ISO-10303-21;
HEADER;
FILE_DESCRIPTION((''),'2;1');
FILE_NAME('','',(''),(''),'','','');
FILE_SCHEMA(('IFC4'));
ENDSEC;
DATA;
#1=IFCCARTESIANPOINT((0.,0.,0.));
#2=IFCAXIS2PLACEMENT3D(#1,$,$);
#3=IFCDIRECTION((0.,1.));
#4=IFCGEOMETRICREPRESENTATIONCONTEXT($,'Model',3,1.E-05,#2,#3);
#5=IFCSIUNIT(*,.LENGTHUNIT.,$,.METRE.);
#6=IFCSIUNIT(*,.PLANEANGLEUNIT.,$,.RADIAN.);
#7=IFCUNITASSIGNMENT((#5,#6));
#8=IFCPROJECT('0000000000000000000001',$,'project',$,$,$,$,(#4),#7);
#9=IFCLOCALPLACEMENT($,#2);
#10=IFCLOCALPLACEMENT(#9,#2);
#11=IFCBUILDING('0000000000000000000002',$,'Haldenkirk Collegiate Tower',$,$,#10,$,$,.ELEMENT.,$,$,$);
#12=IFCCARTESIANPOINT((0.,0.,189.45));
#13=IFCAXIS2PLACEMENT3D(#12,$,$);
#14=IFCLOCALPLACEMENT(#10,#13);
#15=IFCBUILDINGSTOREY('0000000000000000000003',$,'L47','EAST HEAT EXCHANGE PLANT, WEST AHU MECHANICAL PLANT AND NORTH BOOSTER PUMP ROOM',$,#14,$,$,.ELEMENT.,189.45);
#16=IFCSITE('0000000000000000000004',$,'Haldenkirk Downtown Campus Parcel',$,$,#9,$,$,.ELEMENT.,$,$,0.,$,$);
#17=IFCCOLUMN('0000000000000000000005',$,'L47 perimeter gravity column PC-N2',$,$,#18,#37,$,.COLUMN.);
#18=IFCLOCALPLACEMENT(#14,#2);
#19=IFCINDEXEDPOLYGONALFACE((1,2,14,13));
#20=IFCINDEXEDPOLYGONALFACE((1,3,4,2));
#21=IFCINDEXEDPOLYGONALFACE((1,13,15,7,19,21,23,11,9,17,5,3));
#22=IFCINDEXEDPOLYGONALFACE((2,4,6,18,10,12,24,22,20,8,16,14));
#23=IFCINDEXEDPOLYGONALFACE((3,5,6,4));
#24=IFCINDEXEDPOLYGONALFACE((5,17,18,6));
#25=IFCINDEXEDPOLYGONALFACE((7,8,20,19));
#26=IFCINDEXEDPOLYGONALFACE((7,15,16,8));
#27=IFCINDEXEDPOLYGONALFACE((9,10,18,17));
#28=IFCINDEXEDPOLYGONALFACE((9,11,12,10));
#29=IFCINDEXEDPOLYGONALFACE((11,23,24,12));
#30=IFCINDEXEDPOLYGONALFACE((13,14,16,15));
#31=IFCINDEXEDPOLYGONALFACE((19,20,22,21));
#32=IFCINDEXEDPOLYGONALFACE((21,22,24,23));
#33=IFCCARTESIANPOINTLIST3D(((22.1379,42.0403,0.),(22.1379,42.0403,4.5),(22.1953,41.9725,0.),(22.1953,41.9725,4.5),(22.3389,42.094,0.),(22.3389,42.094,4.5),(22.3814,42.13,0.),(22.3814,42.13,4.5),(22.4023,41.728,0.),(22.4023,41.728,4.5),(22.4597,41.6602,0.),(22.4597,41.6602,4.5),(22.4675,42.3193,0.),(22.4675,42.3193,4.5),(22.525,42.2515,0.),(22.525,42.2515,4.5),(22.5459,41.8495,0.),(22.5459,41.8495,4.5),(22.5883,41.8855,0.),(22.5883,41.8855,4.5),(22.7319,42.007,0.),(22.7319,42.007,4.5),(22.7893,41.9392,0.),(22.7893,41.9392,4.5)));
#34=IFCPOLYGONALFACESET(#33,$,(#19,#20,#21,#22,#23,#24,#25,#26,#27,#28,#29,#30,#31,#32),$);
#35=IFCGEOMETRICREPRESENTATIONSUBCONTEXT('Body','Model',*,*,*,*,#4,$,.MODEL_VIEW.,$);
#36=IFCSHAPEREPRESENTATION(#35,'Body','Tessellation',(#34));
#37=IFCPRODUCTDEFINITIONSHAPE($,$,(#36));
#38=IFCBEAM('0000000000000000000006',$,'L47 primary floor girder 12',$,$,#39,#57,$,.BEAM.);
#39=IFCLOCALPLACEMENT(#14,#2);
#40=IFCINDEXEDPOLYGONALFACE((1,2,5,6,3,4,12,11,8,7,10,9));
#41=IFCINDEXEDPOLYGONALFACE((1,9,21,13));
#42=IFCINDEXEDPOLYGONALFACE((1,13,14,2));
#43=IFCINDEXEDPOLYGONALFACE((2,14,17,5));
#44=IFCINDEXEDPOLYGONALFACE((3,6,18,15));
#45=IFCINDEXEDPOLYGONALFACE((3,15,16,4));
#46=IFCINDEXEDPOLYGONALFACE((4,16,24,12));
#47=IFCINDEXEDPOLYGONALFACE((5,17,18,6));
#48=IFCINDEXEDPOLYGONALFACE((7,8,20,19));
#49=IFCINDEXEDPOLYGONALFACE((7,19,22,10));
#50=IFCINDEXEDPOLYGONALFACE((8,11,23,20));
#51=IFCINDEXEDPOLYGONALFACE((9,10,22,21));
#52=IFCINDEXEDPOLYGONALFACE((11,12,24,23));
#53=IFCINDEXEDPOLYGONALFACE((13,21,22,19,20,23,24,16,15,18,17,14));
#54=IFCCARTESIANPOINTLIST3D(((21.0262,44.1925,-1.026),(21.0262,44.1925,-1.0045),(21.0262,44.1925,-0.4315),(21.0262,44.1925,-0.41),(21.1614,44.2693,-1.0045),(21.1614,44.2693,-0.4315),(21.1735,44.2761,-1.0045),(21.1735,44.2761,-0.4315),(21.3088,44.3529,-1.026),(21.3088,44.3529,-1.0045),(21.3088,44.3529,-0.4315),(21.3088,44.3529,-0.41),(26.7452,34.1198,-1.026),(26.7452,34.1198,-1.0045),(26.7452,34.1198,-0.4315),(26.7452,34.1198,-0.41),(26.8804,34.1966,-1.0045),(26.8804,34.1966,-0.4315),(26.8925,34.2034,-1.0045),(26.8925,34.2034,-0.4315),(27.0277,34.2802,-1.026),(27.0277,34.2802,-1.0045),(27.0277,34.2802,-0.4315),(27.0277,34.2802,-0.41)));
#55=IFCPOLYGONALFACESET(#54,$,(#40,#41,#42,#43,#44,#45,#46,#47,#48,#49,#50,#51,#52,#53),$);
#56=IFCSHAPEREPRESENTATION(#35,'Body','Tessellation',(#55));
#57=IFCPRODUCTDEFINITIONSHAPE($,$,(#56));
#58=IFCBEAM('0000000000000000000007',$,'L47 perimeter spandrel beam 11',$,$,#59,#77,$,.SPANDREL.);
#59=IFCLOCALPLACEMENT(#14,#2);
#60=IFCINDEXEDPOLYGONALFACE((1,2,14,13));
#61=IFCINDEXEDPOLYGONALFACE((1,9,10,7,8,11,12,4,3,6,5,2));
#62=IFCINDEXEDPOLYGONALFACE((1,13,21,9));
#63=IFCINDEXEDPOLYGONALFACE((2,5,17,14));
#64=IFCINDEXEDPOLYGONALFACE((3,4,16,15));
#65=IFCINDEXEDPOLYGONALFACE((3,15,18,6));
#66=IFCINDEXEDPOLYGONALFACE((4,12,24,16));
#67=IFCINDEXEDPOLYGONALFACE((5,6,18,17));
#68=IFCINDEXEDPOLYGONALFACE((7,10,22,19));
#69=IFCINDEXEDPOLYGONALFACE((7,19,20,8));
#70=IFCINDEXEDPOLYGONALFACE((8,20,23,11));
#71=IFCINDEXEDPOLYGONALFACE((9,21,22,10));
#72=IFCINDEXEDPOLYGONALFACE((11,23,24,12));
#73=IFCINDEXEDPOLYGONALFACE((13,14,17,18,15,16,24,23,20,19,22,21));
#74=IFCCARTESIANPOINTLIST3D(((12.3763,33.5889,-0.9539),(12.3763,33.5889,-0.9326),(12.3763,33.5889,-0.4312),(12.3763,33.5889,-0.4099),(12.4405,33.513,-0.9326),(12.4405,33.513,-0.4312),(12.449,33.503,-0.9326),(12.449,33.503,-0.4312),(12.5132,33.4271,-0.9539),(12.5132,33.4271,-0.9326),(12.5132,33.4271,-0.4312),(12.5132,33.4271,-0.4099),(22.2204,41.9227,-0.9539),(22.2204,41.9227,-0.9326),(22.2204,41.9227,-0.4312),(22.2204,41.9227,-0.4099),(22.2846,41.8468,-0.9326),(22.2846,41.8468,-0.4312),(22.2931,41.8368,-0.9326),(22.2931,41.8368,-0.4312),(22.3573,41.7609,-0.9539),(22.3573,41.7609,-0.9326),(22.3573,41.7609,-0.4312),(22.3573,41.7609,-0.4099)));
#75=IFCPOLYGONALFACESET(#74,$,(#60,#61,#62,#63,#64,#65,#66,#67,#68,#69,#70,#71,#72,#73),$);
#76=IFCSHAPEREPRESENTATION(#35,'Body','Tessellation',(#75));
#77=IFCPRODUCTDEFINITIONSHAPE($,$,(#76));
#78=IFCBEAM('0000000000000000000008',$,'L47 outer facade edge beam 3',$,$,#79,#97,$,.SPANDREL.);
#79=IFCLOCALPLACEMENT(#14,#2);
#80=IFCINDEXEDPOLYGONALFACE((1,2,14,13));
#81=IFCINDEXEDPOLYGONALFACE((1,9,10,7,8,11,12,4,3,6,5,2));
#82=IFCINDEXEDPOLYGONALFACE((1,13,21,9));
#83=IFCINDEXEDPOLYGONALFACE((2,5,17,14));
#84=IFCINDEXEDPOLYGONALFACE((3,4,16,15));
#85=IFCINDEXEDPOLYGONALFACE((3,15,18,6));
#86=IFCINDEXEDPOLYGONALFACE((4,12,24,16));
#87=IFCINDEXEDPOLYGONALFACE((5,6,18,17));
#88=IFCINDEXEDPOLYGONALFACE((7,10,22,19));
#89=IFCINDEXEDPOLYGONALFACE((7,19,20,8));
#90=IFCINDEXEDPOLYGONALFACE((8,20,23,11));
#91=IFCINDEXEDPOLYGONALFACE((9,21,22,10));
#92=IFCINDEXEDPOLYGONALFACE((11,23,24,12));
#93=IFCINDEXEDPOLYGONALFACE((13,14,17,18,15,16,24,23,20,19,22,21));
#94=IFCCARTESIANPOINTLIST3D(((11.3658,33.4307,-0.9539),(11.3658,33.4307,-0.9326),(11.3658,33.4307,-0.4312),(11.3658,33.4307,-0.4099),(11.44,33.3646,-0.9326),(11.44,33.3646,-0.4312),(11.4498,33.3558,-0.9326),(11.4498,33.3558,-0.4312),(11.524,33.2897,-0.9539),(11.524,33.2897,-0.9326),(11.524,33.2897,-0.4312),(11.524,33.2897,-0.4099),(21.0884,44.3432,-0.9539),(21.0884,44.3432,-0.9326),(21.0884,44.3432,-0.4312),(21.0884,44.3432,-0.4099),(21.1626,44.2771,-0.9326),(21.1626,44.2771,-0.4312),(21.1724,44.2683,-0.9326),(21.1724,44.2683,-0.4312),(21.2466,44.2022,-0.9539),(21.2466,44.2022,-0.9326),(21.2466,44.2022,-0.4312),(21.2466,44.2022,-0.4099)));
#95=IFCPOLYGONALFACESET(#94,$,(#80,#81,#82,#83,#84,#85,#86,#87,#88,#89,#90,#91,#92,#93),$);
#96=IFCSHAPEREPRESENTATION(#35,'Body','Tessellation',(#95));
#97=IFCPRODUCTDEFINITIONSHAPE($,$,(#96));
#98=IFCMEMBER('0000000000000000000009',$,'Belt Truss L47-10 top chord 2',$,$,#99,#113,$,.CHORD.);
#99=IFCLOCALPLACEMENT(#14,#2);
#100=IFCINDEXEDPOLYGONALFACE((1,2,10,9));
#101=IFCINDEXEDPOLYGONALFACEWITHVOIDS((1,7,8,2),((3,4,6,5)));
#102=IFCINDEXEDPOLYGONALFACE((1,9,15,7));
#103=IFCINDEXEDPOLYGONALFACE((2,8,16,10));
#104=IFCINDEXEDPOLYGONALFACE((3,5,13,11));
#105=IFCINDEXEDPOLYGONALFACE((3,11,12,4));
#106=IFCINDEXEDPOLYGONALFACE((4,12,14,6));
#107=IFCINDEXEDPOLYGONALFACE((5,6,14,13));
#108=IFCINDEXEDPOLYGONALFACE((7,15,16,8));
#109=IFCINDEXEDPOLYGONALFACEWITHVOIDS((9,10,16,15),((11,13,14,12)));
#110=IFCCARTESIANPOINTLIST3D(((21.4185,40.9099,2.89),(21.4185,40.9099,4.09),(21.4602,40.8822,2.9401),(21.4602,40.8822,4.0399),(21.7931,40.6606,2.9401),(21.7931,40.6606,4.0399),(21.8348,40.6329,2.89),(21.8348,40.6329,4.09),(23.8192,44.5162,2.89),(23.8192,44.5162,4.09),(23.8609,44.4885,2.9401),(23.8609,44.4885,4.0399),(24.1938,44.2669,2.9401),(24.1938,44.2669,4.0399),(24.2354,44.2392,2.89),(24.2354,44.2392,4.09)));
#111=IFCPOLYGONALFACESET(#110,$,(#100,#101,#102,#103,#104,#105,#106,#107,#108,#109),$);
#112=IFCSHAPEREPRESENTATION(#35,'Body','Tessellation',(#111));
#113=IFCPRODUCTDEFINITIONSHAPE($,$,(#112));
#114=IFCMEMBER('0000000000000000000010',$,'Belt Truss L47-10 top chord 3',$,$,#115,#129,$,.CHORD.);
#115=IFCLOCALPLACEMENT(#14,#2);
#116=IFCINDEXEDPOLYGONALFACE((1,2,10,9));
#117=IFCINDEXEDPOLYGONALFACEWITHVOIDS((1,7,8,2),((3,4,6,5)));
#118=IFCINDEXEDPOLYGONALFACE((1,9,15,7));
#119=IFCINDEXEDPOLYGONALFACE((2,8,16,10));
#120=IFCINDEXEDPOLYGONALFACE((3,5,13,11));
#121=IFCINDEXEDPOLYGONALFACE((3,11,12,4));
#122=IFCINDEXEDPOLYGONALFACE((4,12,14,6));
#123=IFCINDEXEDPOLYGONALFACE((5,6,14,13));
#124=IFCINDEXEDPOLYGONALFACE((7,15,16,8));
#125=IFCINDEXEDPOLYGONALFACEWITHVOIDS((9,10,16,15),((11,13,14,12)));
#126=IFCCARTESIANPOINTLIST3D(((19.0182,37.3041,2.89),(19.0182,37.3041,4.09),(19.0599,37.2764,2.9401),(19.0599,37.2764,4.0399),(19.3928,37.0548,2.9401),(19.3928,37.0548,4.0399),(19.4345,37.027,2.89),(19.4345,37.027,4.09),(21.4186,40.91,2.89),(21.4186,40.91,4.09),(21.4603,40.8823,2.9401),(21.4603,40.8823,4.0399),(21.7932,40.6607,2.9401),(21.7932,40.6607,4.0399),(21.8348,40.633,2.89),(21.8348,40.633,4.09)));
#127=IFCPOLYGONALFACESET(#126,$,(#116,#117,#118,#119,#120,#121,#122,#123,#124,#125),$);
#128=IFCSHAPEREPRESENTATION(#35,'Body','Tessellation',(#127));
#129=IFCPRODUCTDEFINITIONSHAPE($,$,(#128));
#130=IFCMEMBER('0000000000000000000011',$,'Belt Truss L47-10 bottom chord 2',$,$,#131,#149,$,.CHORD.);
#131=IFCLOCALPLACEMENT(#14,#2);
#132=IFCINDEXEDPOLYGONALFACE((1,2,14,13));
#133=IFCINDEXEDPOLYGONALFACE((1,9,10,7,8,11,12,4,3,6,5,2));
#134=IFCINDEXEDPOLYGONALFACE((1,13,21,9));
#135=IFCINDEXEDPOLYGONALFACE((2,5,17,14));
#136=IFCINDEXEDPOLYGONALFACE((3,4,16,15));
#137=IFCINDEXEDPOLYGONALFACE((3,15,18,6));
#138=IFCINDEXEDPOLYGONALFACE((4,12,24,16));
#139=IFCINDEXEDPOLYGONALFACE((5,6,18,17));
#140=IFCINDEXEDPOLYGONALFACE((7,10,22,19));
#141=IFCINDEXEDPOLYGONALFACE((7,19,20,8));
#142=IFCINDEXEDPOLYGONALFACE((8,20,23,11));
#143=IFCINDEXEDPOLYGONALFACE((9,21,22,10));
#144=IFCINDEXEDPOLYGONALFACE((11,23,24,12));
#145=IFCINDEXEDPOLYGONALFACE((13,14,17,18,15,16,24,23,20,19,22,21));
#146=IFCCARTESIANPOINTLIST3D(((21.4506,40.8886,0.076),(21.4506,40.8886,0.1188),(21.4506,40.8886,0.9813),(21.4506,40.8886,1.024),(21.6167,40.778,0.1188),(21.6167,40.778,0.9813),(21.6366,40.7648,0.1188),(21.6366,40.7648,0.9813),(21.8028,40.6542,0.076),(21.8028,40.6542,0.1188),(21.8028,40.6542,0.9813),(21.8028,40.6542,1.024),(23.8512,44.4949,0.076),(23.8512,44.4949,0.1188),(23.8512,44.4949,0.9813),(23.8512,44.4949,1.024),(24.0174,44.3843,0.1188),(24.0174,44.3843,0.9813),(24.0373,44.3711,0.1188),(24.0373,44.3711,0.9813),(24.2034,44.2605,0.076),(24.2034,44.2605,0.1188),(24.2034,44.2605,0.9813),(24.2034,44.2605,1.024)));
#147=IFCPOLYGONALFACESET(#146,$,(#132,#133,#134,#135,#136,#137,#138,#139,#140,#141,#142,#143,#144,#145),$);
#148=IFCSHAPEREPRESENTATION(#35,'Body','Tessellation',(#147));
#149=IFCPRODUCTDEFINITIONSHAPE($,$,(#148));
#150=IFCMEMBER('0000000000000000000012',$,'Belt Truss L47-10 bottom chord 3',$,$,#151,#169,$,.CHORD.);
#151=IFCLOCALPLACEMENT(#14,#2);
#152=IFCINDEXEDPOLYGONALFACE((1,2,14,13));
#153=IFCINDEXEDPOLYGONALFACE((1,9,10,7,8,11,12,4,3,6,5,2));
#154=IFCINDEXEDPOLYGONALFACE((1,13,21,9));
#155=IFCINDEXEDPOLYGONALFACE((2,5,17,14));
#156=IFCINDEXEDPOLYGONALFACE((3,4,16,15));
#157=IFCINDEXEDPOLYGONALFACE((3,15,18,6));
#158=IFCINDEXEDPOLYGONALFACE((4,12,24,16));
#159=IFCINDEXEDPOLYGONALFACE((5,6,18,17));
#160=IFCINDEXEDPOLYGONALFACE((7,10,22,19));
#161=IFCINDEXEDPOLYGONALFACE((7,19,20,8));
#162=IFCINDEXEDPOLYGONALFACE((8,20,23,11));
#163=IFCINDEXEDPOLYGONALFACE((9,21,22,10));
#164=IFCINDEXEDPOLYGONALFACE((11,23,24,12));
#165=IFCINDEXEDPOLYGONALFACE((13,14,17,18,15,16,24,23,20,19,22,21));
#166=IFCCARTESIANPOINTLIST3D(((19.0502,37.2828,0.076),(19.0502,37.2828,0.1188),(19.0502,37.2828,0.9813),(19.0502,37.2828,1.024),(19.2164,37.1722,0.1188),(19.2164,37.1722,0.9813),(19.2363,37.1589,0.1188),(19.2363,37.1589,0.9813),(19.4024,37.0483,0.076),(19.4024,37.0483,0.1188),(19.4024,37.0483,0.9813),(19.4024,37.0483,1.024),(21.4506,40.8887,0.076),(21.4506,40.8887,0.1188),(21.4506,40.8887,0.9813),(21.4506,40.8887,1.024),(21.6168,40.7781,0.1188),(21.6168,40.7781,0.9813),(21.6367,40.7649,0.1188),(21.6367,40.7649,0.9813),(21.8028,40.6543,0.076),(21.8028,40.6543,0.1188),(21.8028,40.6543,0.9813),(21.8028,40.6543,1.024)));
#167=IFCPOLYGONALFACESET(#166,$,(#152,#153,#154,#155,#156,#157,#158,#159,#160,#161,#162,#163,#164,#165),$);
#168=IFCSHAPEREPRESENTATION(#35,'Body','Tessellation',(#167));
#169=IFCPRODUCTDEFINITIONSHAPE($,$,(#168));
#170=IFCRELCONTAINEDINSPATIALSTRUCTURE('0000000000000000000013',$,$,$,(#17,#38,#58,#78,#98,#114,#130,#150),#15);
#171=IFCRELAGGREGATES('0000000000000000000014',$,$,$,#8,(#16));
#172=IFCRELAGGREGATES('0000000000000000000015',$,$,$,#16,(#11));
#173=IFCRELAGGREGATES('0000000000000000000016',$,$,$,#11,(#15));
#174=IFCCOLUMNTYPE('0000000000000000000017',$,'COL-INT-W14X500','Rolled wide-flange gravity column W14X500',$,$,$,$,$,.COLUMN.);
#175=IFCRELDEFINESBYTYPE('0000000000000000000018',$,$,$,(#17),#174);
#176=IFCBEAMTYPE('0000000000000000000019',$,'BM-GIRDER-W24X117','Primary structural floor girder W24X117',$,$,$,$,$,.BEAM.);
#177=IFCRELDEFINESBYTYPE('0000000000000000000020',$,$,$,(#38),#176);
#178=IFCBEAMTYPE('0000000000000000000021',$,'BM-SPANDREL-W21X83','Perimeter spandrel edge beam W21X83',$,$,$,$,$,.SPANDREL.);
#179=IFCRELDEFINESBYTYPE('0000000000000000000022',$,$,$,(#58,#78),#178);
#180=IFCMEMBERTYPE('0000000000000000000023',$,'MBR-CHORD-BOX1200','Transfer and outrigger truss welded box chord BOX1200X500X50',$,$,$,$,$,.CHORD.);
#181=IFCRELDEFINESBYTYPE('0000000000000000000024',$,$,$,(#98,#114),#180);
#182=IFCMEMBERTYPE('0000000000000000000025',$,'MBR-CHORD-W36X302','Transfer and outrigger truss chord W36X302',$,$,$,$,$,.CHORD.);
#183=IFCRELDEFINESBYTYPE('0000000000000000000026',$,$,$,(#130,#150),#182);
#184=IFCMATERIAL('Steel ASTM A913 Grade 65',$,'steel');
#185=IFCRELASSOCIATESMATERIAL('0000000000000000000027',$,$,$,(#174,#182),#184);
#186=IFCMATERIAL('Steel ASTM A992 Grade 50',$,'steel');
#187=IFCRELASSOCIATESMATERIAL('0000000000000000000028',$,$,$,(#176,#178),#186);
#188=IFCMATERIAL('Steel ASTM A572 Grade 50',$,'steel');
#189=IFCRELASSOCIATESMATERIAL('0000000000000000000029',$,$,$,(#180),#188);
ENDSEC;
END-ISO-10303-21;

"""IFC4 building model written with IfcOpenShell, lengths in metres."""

from ifc_helpers import new_model, si_unit, direction, frame, origin, origin_2d, place, context, subcontext, project, spatial, hollow_rectangle, i_section, extrude, material, material_profile, profile_set, type_object, element, save


model = new_model("IFC4")

# Units and contexts
model_context = context("Model", 3, precision=1e-05, world=origin(), true_north=direction((0.0, 1.0)))
body_context = subcontext(model_context, "Body", "Model", "MODEL_VIEW")
ifc_project = project(units=[si_unit("LENGTHUNIT", "METRE"), si_unit("PLANEANGLEUNIT", "RADIAN")], contexts=[model_context])

# Site, building, storey
site_placement = place(None, origin())
site = spatial("IfcSite", under=ifc_project, at=site_placement, Name="Haldenkirk Downtown Campus Parcel", CompositionType="ELEMENT", RefElevation=0.0)
building_placement = place(site_placement, origin())
building = spatial("IfcBuilding", under=site, at=building_placement, Name="Haldenkirk Collegiate Tower", CompositionType="ELEMENT")
storey_placement = place(building_placement, frame((0.0, 0.0, 189.45)))
storey = spatial("IfcBuildingStorey", under=building, at=storey_placement, Name="L47", Description="EAST HEAT EXCHANGE PLANT, WEST AHU MECHANICAL PLANT AND NORTH BOOSTER PUMP ROOM", CompositionType="ELEMENT", Elevation=189.45)

# Column
ifc_material_1 = material(Name="Steel ASTM A913 Grade 65", Category="steel")
ifc_material_profile_1 = material_profile(ifc_material_1, i_section(OverallWidth=0.4319, OverallDepth=0.498, WebThickness=0.0557, FlangeThickness=0.0889, at=origin_2d()), Name="W14X500")
ifc_profile_set_1 = profile_set([ifc_material_profile_1], Name="Steel ASTM A913 Grade 65")
column_type = type_object("IfcColumnType", Name="COL-INT-W14X500", Description="Rolled wide-flange gravity column W14X500", PredefinedType="COLUMN", material=ifc_profile_set_1)
column_placement = place(storey_placement, frame((22.4636, 41.9897, 0.0), z_axis=(0.0, 0.0, 1.0), x_axis=(0.763232, 0.646124, 0.0)))
element("IfcColumn", 1, at=column_placement, inside=storey, type_object=column_type, Name="L47 perimeter gravity column PC-N2", PredefinedType="COLUMN", context=body_context, shape_type="SweptSolid", body=[
    extrude(i_section(OverallWidth=0.4319, OverallDepth=0.498, WebThickness=0.0557, FlangeThickness=0.0889, at=origin_2d()), origin(), (0.0, 0.0, 1.0), 4.5),
])

# Beams
ifc_material_2 = material(Name="Steel ASTM A992 Grade 50", Category="steel")
ifc_material_profile_2 = material_profile(ifc_material_2, i_section(OverallWidth=0.325, OverallDepth=0.616, WebThickness=0.0139, FlangeThickness=0.0215, at=origin_2d()), Name="W24X117")
ifc_profile_set_2 = profile_set([ifc_material_profile_2], Name="Steel ASTM A992 Grade 50")
beam_type_1 = type_object("IfcBeamType", Name="BM-GIRDER-W24X117", Description="Primary structural floor girder W24X117", PredefinedType="BEAM", material=ifc_profile_set_2)
beam_1_placement = place(storey_placement, frame((21.1675, 44.2727, -0.718), z_axis=(0.493738, -0.869611, 0.0), x_axis=(0.869611, 0.493738, 0.0)))
element("IfcBeam", 2, at=beam_1_placement, inside=storey, type_object=beam_type_1, Name="L47 primary floor girder 12", PredefinedType="BEAM", context=body_context, shape_type="SweptSolid", body=[
    extrude(i_section(OverallWidth=0.325, OverallDepth=0.616, WebThickness=0.0139, FlangeThickness=0.0215, at=origin_2d()), origin(), (0.0, 0.0, 1.0), 11.583),
])
ifc_material_profile_3 = material_profile(ifc_material_2, i_section(OverallWidth=0.2119, OverallDepth=0.5439, WebThickness=0.0132, FlangeThickness=0.0212, at=origin_2d()), Name="W21X83")
ifc_profile_set_3 = profile_set([ifc_material_profile_3], Name="Steel ASTM A992 Grade 50")
beam_type_2 = type_object("IfcBeamType", Name="BM-SPANDREL-W21X83", Description="Perimeter spandrel edge beam W21X83", PredefinedType="SPANDREL", material=ifc_profile_set_3)
beam_2_placement = place(storey_placement, frame((22.2888, 41.8418, -0.6819), z_axis=(-0.763225, -0.646132, 0.0), x_axis=(0.646132, -0.763225, 0.0)))
element("IfcBeam", 3, at=beam_2_placement, inside=storey, type_object=beam_type_2, Name="L47 perimeter spandrel beam 11", PredefinedType="SPANDREL", context=body_context, shape_type="SweptSolid", body=[
    extrude(i_section(OverallWidth=0.2119, OverallDepth=0.5439, WebThickness=0.0132, FlangeThickness=0.0212, at=origin_2d()), origin(), (0.0, 0.0, 1.0), 12.8979),
])
beam_3_placement = place(storey_placement, frame((21.1675, 44.2727, -0.6819), z_axis=(-0.665226, -0.746642, 0.0), x_axis=(0.746642, -0.665226, 0.0)))
element("IfcBeam", 4, at=beam_3_placement, inside=storey, type_object=beam_type_2, Name="L47 outer facade edge beam 3", PredefinedType="SPANDREL", context=body_context, shape_type="SweptSolid", body=[
    extrude(i_section(OverallWidth=0.2119, OverallDepth=0.5439, WebThickness=0.0132, FlangeThickness=0.0212, at=origin_2d()), origin(), (0.0, 0.0, 1.0), 14.6155),
])

# Members
ifc_material_3 = material(Name="Steel ASTM A572 Grade 50", Category="steel")
ifc_material_profile_4 = material_profile(ifc_material_3, hollow_rectangle(XDim=0.5, YDim=1.2, WallThickness=0.05, at=origin_2d()), Name="BOX1200X500X50")
ifc_profile_set_4 = profile_set([ifc_material_profile_4], Name="Steel ASTM A572 Grade 50")
member_type_1 = type_object("IfcMemberType", Name="MBR-CHORD-BOX1200", Description="Transfer and outrigger truss welded box chord BOX1200X500X50", PredefinedType="CHORD", material=ifc_profile_set_4)
member_1_placement = place(storey_placement, frame((24.0273, 44.3777, 3.49), z_axis=(-0.554141, -0.832423, 0.0), x_axis=(0.832423, -0.554141, 0.0)))
element("IfcMember", 5, at=member_1_placement, inside=storey, type_object=member_type_1, Name="Belt Truss L47-10 top chord 2", PredefinedType="CHORD", context=body_context, shape_type="SweptSolid", body=[
    extrude(hollow_rectangle(XDim=0.5, YDim=1.2, WallThickness=0.05, at=origin_2d()), origin(), (0.0, 0.0, 1.0), 4.3323),
])
member_2_placement = place(storey_placement, frame((21.6267, 40.7715, 3.49), z_axis=(-0.554128, -0.832432, 0.0), x_axis=(0.832432, -0.554128, 0.0)))
element("IfcMember", 6, at=member_2_placement, inside=storey, type_object=member_type_1, Name="Belt Truss L47-10 top chord 3", PredefinedType="CHORD", context=body_context, shape_type="SweptSolid", body=[
    extrude(hollow_rectangle(XDim=0.5, YDim=1.2, WallThickness=0.05, at=origin_2d()), origin(), (0.0, 0.0, 1.0), 4.3318),
])
ifc_material_profile_5 = material_profile(ifc_material_1, i_section(OverallWidth=0.4231, OverallDepth=0.948, WebThickness=0.0239, FlangeThickness=0.0427, at=origin_2d()), Name="W36X302")
ifc_profile_set_5 = profile_set([ifc_material_profile_5], Name="Steel ASTM A913 Grade 65")
member_type_2 = type_object("IfcMemberType", Name="MBR-CHORD-W36X302", Description="Transfer and outrigger truss chord W36X302", PredefinedType="CHORD", material=ifc_profile_set_5)
member_3_placement = place(storey_placement, frame((24.0273, 44.3777, 0.55), z_axis=(-0.554141, -0.832423, 0.0), x_axis=(0.832423, -0.554141, 0.0)))
element("IfcMember", 7, at=member_3_placement, inside=storey, type_object=member_type_2, Name="Belt Truss L47-10 bottom chord 2", PredefinedType="CHORD", context=body_context, shape_type="SweptSolid", body=[
    extrude(i_section(OverallWidth=0.4231, OverallDepth=0.948, WebThickness=0.0239, FlangeThickness=0.0427, at=origin_2d()), origin(), (0.0, 0.0, 1.0), 4.3323),
])
member_4_placement = place(storey_placement, frame((21.6267, 40.7715, 0.55), z_axis=(-0.554128, -0.832432, 0.0), x_axis=(0.832432, -0.554128, 0.0)))
element("IfcMember", 8, at=member_4_placement, inside=storey, type_object=member_type_2, Name="Belt Truss L47-10 bottom chord 3", PredefinedType="CHORD", context=body_context, shape_type="SweptSolid", body=[
    extrude(i_section(OverallWidth=0.4231, OverallDepth=0.948, WebThickness=0.0239, FlangeThickness=0.0427, at=origin_2d()), origin(), (0.0, 0.0, 1.0), 4.3318),
])

save(model, "model.ifc")
